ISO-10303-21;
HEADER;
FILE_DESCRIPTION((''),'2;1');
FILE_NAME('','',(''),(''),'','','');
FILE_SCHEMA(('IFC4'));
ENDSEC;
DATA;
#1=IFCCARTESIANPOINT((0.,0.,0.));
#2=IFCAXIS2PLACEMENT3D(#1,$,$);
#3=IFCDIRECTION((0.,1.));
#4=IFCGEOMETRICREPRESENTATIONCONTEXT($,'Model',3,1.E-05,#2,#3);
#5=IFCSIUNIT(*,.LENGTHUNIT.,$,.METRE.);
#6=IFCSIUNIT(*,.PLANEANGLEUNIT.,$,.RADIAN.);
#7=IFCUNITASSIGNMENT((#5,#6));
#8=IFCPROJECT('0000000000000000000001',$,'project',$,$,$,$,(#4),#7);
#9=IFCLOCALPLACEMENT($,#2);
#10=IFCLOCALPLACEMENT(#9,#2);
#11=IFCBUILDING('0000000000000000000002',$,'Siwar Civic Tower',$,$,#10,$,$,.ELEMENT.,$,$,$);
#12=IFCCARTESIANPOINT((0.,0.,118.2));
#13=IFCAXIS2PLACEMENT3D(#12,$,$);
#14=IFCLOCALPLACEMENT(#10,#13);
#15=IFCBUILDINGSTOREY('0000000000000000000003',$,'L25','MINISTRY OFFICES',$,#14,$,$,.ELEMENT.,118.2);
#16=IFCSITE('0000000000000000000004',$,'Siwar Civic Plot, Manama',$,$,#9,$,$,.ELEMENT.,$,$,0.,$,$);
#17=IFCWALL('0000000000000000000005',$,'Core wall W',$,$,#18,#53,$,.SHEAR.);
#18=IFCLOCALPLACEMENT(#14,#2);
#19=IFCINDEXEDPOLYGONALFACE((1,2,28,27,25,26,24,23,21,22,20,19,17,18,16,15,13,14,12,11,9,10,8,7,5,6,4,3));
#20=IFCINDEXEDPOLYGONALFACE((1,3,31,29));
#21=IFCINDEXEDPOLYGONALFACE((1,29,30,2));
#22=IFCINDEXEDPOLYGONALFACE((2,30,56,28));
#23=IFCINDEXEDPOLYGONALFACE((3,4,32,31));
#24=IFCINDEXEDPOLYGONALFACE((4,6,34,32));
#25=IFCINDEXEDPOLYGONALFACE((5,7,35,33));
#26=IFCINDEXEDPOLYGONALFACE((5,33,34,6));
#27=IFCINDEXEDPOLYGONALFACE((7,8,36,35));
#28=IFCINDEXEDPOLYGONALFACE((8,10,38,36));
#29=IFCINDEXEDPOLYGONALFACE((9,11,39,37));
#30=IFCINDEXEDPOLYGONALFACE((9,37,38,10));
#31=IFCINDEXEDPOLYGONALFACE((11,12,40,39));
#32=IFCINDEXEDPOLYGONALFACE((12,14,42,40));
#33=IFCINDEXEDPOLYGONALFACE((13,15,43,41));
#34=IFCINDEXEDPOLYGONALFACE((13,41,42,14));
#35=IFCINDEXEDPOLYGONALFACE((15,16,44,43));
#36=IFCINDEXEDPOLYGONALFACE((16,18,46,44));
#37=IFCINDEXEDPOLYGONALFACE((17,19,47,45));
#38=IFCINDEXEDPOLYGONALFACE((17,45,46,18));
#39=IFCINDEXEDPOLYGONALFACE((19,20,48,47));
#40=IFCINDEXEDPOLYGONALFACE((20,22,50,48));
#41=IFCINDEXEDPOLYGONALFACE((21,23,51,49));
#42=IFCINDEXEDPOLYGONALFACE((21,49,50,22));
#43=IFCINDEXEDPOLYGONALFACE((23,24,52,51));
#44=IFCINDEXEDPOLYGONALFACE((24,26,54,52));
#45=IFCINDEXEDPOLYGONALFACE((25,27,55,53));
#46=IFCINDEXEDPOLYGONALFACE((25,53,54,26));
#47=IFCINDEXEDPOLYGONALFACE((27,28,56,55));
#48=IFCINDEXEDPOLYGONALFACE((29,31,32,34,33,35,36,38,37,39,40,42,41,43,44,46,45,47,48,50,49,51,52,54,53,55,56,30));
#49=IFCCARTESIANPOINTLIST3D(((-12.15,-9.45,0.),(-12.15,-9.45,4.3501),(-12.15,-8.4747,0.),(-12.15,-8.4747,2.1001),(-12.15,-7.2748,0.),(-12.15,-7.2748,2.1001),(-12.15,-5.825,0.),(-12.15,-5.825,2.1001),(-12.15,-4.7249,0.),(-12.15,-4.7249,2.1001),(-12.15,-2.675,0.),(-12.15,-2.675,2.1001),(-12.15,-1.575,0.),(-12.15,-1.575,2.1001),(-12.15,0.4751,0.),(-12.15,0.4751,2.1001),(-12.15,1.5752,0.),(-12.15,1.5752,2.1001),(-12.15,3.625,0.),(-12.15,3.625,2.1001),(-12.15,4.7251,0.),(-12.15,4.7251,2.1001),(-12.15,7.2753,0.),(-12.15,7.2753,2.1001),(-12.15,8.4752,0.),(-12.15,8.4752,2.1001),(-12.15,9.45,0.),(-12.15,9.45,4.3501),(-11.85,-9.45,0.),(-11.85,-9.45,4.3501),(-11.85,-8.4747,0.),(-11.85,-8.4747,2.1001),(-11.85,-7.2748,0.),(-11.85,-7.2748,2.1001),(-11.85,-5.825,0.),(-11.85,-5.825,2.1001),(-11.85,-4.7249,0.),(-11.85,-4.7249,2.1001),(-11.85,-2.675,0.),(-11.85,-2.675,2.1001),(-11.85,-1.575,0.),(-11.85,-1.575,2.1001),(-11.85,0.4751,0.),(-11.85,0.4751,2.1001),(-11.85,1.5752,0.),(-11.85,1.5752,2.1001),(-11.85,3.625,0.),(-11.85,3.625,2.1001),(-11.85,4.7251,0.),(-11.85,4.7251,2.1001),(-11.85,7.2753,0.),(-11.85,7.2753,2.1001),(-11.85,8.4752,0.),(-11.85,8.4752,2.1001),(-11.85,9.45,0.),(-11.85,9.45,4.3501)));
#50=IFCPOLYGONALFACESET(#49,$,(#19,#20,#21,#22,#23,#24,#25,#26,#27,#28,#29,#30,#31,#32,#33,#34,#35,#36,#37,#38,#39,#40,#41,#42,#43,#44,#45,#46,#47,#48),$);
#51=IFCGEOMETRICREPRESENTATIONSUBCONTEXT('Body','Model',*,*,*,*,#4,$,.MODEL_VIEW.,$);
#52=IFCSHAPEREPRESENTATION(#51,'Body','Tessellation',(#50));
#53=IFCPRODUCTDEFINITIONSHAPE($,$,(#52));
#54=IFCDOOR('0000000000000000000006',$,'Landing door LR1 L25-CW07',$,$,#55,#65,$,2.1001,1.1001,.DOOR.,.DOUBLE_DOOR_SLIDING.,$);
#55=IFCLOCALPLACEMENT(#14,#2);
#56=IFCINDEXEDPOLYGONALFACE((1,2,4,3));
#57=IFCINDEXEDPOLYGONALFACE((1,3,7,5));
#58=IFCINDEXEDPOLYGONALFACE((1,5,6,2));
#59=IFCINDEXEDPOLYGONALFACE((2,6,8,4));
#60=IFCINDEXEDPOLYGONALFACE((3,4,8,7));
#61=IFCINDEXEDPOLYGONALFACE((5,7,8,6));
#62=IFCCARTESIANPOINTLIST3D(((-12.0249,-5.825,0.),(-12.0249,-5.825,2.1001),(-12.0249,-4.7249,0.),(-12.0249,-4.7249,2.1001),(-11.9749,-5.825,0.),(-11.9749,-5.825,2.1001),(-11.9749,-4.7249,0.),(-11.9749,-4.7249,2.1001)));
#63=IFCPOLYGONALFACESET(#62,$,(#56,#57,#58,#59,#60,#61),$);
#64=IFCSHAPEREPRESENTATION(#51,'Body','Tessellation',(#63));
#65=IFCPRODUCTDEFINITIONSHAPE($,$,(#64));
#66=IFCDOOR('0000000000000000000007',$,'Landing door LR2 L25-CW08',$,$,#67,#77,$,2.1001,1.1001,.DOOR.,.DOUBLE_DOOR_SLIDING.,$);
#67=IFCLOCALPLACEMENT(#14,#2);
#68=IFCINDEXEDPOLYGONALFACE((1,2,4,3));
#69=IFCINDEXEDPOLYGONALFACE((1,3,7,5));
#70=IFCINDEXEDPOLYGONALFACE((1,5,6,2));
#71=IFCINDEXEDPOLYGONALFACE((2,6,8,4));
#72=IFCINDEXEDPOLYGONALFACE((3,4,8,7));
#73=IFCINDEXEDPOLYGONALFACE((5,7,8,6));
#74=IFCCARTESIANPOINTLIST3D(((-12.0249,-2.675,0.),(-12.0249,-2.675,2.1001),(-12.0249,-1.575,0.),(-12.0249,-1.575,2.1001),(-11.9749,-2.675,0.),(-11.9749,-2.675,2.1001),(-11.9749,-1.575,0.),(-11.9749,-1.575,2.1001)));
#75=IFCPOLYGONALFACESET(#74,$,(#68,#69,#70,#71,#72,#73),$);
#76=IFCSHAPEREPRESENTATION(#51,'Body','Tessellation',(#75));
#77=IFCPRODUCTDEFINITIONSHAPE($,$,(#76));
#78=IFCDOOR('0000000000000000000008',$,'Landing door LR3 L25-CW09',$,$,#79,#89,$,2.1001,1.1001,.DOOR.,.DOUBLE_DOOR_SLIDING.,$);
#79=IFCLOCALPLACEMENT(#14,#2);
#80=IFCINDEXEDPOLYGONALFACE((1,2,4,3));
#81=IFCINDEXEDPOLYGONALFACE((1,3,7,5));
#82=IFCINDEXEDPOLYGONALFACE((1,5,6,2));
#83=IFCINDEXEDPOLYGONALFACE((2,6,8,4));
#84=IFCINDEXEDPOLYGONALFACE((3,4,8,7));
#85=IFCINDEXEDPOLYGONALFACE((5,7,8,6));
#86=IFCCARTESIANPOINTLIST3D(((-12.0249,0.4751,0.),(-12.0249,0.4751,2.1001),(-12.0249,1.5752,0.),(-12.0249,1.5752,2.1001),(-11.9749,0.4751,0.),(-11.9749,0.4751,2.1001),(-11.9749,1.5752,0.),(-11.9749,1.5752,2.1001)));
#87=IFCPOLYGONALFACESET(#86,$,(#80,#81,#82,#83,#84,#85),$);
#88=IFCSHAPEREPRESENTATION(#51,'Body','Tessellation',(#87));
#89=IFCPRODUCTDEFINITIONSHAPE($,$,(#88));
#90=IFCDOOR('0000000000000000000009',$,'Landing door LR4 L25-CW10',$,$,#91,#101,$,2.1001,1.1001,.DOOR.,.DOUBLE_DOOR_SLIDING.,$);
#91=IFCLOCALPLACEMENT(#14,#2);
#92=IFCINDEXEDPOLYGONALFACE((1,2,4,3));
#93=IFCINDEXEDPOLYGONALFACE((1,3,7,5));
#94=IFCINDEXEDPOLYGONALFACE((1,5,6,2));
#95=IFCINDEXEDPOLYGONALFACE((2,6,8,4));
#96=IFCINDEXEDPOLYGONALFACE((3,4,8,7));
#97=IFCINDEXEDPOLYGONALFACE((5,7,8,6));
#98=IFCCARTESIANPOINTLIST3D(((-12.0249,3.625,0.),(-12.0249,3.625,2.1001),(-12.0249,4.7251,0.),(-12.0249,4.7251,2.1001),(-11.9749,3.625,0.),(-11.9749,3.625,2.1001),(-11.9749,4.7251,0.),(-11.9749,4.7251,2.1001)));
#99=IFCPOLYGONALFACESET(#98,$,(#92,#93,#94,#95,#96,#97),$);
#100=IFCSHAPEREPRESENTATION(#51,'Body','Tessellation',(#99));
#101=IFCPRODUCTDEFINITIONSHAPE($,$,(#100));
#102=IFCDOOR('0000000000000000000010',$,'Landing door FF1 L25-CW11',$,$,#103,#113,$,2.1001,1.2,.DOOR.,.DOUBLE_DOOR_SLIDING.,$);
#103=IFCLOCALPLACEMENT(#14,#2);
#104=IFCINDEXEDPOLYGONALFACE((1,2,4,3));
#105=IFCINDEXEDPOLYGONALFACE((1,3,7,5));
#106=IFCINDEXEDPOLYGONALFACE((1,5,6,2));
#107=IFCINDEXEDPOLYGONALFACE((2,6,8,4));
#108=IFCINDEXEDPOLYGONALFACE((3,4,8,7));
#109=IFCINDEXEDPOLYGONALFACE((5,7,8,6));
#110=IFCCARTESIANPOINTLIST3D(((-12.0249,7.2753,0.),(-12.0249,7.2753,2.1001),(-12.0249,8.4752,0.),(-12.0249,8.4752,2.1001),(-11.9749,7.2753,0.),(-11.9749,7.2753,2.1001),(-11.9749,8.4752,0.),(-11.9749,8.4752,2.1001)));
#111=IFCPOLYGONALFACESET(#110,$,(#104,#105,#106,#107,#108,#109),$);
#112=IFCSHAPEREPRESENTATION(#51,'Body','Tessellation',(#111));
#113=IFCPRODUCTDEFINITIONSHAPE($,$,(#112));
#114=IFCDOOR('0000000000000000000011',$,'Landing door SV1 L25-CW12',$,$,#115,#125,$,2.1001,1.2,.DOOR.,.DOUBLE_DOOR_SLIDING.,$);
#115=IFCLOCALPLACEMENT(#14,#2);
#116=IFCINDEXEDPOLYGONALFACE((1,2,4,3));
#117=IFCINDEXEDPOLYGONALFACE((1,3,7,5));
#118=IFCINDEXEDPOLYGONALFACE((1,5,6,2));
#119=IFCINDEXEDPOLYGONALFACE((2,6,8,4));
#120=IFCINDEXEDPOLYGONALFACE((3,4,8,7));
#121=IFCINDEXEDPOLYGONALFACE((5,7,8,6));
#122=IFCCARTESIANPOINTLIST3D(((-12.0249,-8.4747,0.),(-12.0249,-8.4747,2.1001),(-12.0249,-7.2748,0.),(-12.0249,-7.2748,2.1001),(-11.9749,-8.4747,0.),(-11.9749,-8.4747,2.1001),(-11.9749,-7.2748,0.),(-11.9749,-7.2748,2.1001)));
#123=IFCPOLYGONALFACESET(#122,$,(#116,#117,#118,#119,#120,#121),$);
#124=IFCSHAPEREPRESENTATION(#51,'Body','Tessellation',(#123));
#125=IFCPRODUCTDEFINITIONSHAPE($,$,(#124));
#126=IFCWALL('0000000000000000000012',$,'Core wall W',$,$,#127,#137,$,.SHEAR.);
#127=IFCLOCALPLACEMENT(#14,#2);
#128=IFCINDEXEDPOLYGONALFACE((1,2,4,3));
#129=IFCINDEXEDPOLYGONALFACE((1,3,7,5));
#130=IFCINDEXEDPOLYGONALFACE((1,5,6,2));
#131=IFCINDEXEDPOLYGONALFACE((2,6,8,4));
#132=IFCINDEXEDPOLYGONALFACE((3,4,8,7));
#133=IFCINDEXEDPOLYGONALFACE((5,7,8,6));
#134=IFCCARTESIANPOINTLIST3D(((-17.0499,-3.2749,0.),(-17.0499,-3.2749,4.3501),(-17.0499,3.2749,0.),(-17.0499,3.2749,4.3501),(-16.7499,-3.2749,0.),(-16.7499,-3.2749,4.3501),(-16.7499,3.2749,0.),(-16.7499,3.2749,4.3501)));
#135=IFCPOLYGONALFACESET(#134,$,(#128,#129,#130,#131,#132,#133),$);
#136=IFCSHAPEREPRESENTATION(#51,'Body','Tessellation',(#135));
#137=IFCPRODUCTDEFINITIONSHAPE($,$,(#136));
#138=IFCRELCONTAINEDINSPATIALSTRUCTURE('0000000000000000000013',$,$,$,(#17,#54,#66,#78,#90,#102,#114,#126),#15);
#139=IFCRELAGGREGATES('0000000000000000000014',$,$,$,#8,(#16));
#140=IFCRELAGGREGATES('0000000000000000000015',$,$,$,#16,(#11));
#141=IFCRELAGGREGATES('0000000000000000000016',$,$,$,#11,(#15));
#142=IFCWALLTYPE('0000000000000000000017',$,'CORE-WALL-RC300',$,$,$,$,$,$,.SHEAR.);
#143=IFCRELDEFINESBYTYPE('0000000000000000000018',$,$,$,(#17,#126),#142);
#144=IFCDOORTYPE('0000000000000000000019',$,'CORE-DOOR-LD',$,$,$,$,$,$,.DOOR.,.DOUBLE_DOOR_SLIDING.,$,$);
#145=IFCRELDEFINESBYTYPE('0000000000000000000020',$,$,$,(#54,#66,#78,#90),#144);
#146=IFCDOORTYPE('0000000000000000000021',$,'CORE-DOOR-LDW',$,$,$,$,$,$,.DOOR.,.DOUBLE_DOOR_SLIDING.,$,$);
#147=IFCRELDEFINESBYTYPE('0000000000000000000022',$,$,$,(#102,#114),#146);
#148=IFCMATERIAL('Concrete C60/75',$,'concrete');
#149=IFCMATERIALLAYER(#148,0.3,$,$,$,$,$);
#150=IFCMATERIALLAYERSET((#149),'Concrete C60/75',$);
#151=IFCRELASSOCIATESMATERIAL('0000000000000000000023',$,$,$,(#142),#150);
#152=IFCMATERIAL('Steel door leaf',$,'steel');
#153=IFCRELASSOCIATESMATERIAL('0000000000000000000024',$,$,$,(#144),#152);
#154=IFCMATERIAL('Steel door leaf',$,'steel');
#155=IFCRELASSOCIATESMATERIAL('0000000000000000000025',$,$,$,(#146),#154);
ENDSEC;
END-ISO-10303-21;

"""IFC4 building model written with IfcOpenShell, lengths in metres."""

from ifc_helpers import new_model, si_unit, direction, frame, frame_2d, origin, place, context, subcontext, project, spatial, rectangle, extrude, material, layer, layer_set, type_object, element, fill, save


model = new_model("IFC4")

# Units and contexts
model_context = context("Model", 3, precision=1e-05, world=origin(), true_north=direction((0.0, 1.0)))
body_context = subcontext(model_context, "Body", "Model", "MODEL_VIEW")
ifc_project = project(units=[si_unit("LENGTHUNIT", "METRE"), si_unit("PLANEANGLEUNIT", "RADIAN")], contexts=[model_context])

# Site, building, storey
site_placement = place(None, origin())
site = spatial("IfcSite", under=ifc_project, at=site_placement, Name="Siwar Civic Plot, Manama", CompositionType="ELEMENT", RefElevation=0.0)
building_placement = place(site_placement, origin())
building = spatial("IfcBuilding", under=site, at=building_placement, Name="Siwar Civic Tower", CompositionType="ELEMENT")
storey_placement = place(building_placement, frame((0.0, 0.0, 118.2)))
storey = spatial("IfcBuildingStorey", under=building, at=storey_placement, Name="L25", Description="MINISTRY OFFICES", CompositionType="ELEMENT", Elevation=118.2)

# Wall, openings, doors
ifc_material_1 = material(Name="Concrete C60/75", Category="concrete")
ifc_layer_1 = layer(ifc_material_1, 0.3)
ifc_layer_set_1 = layer_set([ifc_layer_1], Name="Concrete C60/75")
wall_type_1 = type_object("IfcWallType", Name="CORE-WALL-RC300", PredefinedType="SHEAR", material=ifc_layer_set_1)
wall_1_placement = place(storey_placement, frame((-12.0, -9.45, 0.0), z_axis=(0.0, 0.0, 1.0), x_axis=(0.0, 1.0, 0.0)))
wall_1 = element("IfcWall", 1, at=wall_1_placement, inside=storey, type_object=wall_type_1, Name="Core wall W", PredefinedType="SHEAR", context=body_context, shape_type="SweptSolid", body=[
    extrude(rectangle(XDim=18.8999, YDim=0.3, at=frame_2d((9.45, 0.0))), origin(), (0.0, 0.0, 1.0), 4.3501),
])
opening_1_placement = place(wall_1_placement, frame((3.625, 0.0, 0.0)))
opening_1 = element("IfcOpeningElement", 2, at=opening_1_placement, cuts=wall_1, PredefinedType="OPENING", context=body_context, shape_type="SweptSolid", body=[
    extrude(rectangle(XDim=1.1001, YDim=2.1001, at=frame_2d((0.55, 1.05))), frame((0.0, 0.1602, 0.0), z_axis=(0.0, -1.0, 0.0), x_axis=(1.0, 0.0, 0.0)), (0.0, 0.0, 1.0), 0.3201),
])
opening_2_placement = place(wall_1_placement, frame((6.7749, 0.0, 0.0)))
opening_2 = element("IfcOpeningElement", 3, at=opening_2_placement, cuts=wall_1, PredefinedType="OPENING", context=body_context, shape_type="SweptSolid", body=[
    extrude(rectangle(XDim=1.1001, YDim=2.1001, at=frame_2d((0.55, 1.05))), frame((0.0, 0.1602, 0.0), z_axis=(0.0, -1.0, 0.0), x_axis=(1.0, 0.0, 0.0)), (0.0, 0.0, 1.0), 0.3201),
])
opening_3_placement = place(wall_1_placement, frame((9.925, 0.0, 0.0)))
opening_3 = element("IfcOpeningElement", 4, at=opening_3_placement, cuts=wall_1, PredefinedType="OPENING", context=body_context, shape_type="SweptSolid", body=[
    extrude(rectangle(XDim=1.1001, YDim=2.1001, at=frame_2d((0.55, 1.05))), frame((0.0, 0.1602, 0.0), z_axis=(0.0, -1.0, 0.0), x_axis=(1.0, 0.0, 0.0)), (0.0, 0.0, 1.0), 0.3201),
])
opening_4_placement = place(wall_1_placement, frame((13.075, 0.0, 0.0)))
opening_4 = element("IfcOpeningElement", 5, at=opening_4_placement, cuts=wall_1, PredefinedType="OPENING", context=body_context, shape_type="SweptSolid", body=[
    extrude(rectangle(XDim=1.1001, YDim=2.1001, at=frame_2d((0.55, 1.05))), frame((0.0, 0.1602, 0.0), z_axis=(0.0, -1.0, 0.0), x_axis=(1.0, 0.0, 0.0)), (0.0, 0.0, 1.0), 0.3201),
])
opening_5_placement = place(wall_1_placement, frame((16.7251, 0.0, 0.0)))
opening_5 = element("IfcOpeningElement", 6, at=opening_5_placement, cuts=wall_1, PredefinedType="OPENING", context=body_context, shape_type="SweptSolid", body=[
    extrude(rectangle(XDim=1.2, YDim=2.1001, at=frame_2d((0.6001, 1.05))), frame((0.0, 0.1602, 0.0), z_axis=(0.0, -1.0, 0.0), x_axis=(1.0, 0.0, 0.0)), (0.0, 0.0, 1.0), 0.3201),
])
opening_6_placement = place(wall_1_placement, frame((0.9751, 0.0, 0.0)))
opening_6 = element("IfcOpeningElement", 7, at=opening_6_placement, cuts=wall_1, PredefinedType="OPENING", context=body_context, shape_type="SweptSolid", body=[
    extrude(rectangle(XDim=1.2, YDim=2.1001, at=frame_2d((0.6001, 1.05))), frame((0.0, 0.1602, 0.0), z_axis=(0.0, -1.0, 0.0), x_axis=(1.0, 0.0, 0.0)), (0.0, 0.0, 1.0), 0.3201),
])
ifc_material_2 = material(Name="Steel door leaf", Category="steel")
door_type_1 = type_object("IfcDoorType", Name="CORE-DOOR-LD", OperationType="DOUBLE_DOOR_SLIDING", PredefinedType="DOOR", material=ifc_material_2)
door_1_placement = place(opening_1_placement, origin())
door_1 = element("IfcDoor", 8, at=door_1_placement, inside=storey, type_object=door_type_1, Name="Landing door LR1 L25-CW07", OperationType="DOUBLE_DOOR_SLIDING", OverallHeight=2.1001, OverallWidth=1.1001, PredefinedType="DOOR", context=body_context, shape_type="SweptSolid", body=[
    extrude(rectangle(XDim=1.1001, YDim=2.1001, at=frame_2d((0.55, 1.05))), frame((0.0, 0.0249, 0.0), z_axis=(0.0, -1.0, 0.0), x_axis=(1.0, 0.0, 0.0)), (0.0, 0.0, 1.0), 0.05),
])
fill(opening_1, door_1)
door_2_placement = place(opening_2_placement, origin())
door_2 = element("IfcDoor", 9, at=door_2_placement, inside=storey, type_object=door_type_1, Name="Landing door LR2 L25-CW08", OperationType="DOUBLE_DOOR_SLIDING", OverallHeight=2.1001, OverallWidth=1.1001, PredefinedType="DOOR", context=body_context, shape_type="SweptSolid", body=[
    extrude(rectangle(XDim=1.1001, YDim=2.1001, at=frame_2d((0.55, 1.05))), frame((0.0, 0.0249, 0.0), z_axis=(0.0, -1.0, 0.0), x_axis=(1.0, 0.0, 0.0)), (0.0, 0.0, 1.0), 0.05),
])
fill(opening_2, door_2)
door_3_placement = place(opening_3_placement, origin())
door_3 = element("IfcDoor", 10, at=door_3_placement, inside=storey, type_object=door_type_1, Name="Landing door LR3 L25-CW09", OperationType="DOUBLE_DOOR_SLIDING", OverallHeight=2.1001, OverallWidth=1.1001, PredefinedType="DOOR", context=body_context, shape_type="SweptSolid", body=[
    extrude(rectangle(XDim=1.1001, YDim=2.1001, at=frame_2d((0.55, 1.05))), frame((0.0, 0.0249, 0.0), z_axis=(0.0, -1.0, 0.0), x_axis=(1.0, 0.0, 0.0)), (0.0, 0.0, 1.0), 0.05),
])
fill(opening_3, door_3)
door_4_placement = place(opening_4_placement, origin())
door_4 = element("IfcDoor", 11, at=door_4_placement, inside=storey, type_object=door_type_1, Name="Landing door LR4 L25-CW10", OperationType="DOUBLE_DOOR_SLIDING", OverallHeight=2.1001, OverallWidth=1.1001, PredefinedType="DOOR", context=body_context, shape_type="SweptSolid", body=[
    extrude(rectangle(XDim=1.1001, YDim=2.1001, at=frame_2d((0.55, 1.05))), frame((0.0, 0.0249, 0.0), z_axis=(0.0, -1.0, 0.0), x_axis=(1.0, 0.0, 0.0)), (0.0, 0.0, 1.0), 0.05),
])
fill(opening_4, door_4)
ifc_material_3 = material(Name="Steel door leaf", Category="steel")
door_type_2 = type_object("IfcDoorType", Name="CORE-DOOR-LDW", OperationType="DOUBLE_DOOR_SLIDING", PredefinedType="DOOR", material=ifc_material_3)
door_5_placement = place(opening_5_placement, origin())
door_5 = element("IfcDoor", 12, at=door_5_placement, inside=storey, type_object=door_type_2, Name="Landing door FF1 L25-CW11", OperationType="DOUBLE_DOOR_SLIDING", OverallHeight=2.1001, OverallWidth=1.2, PredefinedType="DOOR", context=body_context, shape_type="SweptSolid", body=[
    extrude(rectangle(XDim=1.2, YDim=2.1001, at=frame_2d((0.6001, 1.05))), frame((0.0, 0.0249, 0.0), z_axis=(0.0, -1.0, 0.0), x_axis=(1.0, 0.0, 0.0)), (0.0, 0.0, 1.0), 0.05),
])
fill(opening_5, door_5)
door_6_placement = place(opening_6_placement, origin())
door_6 = element("IfcDoor", 13, at=door_6_placement, inside=storey, type_object=door_type_2, Name="Landing door SV1 L25-CW12", OperationType="DOUBLE_DOOR_SLIDING", OverallHeight=2.1001, OverallWidth=1.2, PredefinedType="DOOR", context=body_context, shape_type="SweptSolid", body=[
    extrude(rectangle(XDim=1.2, YDim=2.1001, at=frame_2d((0.6001, 1.05))), frame((0.0, 0.0249, 0.0), z_axis=(0.0, -1.0, 0.0), x_axis=(1.0, 0.0, 0.0)), (0.0, 0.0, 1.0), 0.05),
])
fill(opening_6, door_6)

# Wall
wall_2_placement = place(storey_placement, frame((-16.8999, -3.2749, 0.0), z_axis=(0.0, 0.0, 1.0), x_axis=(0.0, 1.0, 0.0)))
element("IfcWall", 14, at=wall_2_placement, inside=storey, type_object=wall_type_1, Name="Core wall W", PredefinedType="SHEAR", context=body_context, shape_type="SweptSolid", body=[
    extrude(rectangle(XDim=6.5498, YDim=0.3, at=frame_2d((3.2749, 0.0))), origin(), (0.0, 0.0, 1.0), 4.3501),
])

save(model, "model.ifc")
